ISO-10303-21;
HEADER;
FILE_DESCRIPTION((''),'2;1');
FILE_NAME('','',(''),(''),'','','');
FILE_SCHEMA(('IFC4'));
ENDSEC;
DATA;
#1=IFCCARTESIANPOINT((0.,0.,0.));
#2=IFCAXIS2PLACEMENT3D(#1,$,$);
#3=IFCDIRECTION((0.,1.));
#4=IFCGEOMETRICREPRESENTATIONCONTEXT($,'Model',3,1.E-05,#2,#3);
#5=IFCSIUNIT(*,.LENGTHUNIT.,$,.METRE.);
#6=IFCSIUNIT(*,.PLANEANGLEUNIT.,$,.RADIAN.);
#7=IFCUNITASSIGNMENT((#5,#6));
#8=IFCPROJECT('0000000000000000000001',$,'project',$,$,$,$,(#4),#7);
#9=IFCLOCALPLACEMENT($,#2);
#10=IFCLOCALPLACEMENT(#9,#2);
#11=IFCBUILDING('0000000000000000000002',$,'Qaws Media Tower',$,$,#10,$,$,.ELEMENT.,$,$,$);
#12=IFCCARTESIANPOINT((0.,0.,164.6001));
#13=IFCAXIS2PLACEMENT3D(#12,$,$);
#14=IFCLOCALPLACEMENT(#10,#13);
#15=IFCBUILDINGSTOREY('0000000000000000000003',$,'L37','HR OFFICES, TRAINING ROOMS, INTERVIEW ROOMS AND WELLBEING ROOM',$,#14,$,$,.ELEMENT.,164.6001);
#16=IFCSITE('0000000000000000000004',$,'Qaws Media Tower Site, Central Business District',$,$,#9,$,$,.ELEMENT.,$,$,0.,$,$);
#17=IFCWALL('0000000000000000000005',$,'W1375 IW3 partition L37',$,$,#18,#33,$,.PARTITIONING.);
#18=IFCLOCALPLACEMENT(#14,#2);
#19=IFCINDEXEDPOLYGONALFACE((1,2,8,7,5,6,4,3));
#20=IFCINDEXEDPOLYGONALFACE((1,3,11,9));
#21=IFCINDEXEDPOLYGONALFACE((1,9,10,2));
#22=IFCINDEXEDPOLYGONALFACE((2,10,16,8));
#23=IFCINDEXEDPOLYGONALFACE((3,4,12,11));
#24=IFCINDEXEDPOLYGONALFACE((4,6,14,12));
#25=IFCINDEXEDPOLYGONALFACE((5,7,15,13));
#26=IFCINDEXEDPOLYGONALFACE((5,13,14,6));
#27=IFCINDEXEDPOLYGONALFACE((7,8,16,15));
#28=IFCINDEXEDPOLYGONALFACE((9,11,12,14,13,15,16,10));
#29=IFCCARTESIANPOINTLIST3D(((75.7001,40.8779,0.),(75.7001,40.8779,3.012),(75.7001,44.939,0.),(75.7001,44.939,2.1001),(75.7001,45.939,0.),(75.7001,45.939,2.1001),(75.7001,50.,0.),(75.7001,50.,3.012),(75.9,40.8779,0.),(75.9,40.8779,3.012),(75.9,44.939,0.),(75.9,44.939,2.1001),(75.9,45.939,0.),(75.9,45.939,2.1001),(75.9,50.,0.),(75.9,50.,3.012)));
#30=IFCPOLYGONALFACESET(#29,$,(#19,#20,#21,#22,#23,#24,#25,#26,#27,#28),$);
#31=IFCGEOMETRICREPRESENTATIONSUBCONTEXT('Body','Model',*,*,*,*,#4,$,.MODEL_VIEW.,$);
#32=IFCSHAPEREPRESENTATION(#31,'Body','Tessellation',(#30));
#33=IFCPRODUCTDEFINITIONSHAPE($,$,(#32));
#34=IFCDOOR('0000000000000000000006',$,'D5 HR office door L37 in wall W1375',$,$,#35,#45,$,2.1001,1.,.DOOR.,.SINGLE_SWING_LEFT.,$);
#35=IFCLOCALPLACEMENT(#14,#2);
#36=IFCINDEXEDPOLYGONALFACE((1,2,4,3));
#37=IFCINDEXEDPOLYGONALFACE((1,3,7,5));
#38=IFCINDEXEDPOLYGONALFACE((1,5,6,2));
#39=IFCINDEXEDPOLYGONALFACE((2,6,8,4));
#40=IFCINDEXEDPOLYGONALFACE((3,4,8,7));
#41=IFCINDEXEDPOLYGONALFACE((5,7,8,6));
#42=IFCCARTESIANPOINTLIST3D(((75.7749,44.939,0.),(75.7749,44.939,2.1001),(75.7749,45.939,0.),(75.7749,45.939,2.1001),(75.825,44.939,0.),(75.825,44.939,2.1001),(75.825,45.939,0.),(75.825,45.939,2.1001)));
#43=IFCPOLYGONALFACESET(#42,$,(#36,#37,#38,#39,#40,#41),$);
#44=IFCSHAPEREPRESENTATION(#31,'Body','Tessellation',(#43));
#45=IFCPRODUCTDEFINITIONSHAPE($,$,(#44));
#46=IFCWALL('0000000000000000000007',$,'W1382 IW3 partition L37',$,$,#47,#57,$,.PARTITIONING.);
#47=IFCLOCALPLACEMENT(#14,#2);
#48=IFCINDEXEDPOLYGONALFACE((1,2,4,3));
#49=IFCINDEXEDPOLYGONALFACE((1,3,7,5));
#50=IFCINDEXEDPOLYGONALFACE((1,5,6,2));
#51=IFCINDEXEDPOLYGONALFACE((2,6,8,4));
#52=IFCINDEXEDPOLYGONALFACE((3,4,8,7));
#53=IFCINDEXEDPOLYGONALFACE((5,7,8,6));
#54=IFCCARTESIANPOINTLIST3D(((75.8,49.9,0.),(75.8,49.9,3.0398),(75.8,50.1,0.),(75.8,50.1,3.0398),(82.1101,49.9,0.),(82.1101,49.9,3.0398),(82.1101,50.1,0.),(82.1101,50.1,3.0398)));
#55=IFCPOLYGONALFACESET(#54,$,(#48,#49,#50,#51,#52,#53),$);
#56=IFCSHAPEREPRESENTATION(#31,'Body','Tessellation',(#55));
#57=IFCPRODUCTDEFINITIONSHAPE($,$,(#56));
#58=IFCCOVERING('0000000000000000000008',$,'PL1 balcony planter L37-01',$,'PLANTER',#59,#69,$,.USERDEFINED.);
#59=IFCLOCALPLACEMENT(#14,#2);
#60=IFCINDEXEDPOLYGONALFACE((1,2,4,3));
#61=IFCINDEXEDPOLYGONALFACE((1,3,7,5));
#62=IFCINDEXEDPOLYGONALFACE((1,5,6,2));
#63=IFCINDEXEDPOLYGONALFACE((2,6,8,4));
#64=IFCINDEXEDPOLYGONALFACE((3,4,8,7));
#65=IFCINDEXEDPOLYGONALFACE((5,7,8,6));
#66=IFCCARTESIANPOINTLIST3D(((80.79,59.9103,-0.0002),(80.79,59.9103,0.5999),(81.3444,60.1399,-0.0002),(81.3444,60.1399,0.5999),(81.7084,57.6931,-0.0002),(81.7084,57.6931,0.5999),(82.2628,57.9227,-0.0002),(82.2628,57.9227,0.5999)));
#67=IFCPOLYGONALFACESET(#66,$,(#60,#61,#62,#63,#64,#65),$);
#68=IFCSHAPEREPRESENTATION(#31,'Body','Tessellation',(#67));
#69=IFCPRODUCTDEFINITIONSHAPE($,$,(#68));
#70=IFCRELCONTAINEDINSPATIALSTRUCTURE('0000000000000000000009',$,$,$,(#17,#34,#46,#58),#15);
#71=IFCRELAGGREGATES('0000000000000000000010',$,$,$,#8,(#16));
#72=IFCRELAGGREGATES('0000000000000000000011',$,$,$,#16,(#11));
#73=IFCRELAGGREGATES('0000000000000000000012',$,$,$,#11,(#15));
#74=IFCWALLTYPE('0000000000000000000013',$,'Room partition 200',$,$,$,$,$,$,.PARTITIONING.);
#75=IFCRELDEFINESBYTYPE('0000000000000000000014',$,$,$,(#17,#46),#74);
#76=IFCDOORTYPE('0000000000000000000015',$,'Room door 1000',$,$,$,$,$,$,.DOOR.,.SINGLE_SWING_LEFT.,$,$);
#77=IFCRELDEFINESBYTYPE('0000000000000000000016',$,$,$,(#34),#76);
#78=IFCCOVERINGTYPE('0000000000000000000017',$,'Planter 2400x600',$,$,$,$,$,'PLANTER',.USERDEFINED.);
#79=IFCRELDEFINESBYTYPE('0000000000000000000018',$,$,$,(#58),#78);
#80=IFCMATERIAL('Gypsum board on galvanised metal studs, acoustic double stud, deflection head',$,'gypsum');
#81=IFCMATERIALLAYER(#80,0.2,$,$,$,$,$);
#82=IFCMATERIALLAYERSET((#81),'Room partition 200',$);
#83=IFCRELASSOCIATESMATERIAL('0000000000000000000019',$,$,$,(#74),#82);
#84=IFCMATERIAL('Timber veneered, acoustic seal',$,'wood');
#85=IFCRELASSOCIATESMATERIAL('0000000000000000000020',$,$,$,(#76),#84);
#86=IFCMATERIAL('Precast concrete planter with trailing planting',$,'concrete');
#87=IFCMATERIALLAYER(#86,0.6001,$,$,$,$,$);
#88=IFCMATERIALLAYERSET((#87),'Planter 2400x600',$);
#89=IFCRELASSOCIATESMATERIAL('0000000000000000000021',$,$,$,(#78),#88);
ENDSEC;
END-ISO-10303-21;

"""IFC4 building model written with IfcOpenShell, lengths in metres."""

from ifc_helpers import new_model, si_unit, direction, frame, frame_2d, origin, origin_2d, place, context, subcontext, project, spatial, rectangle, extrude, material, layer, layer_set, type_object, element, fill, save


model = new_model("IFC4")

# Units and contexts
model_context = context("Model", 3, precision=1e-05, world=origin(), true_north=direction((0.0, 1.0)))
body_context = subcontext(model_context, "Body", "Model", "MODEL_VIEW")
ifc_project = project(units=[si_unit("LENGTHUNIT", "METRE"), si_unit("PLANEANGLEUNIT", "RADIAN")], contexts=[model_context])

# Site, building, storey
site_placement = place(None, origin())
site = spatial("IfcSite", under=ifc_project, at=site_placement, Name="Qaws Media Tower Site, Central Business District", CompositionType="ELEMENT", RefElevation=0.0)
building_placement = place(site_placement, origin())
building = spatial("IfcBuilding", under=site, at=building_placement, Name="Qaws Media Tower", CompositionType="ELEMENT")
storey_placement = place(building_placement, frame((0.0, 0.0, 164.6001)))
storey = spatial("IfcBuildingStorey", under=building, at=storey_placement, Name="L37", Description="HR OFFICES, TRAINING ROOMS, INTERVIEW ROOMS AND WELLBEING ROOM", CompositionType="ELEMENT", Elevation=164.6001)

# Shared definitions
ifc_material_1 = material(Name="Gypsum board on galvanised metal studs, acoustic double stud, deflection head", Category="gypsum")
ifc_layer_1 = layer(ifc_material_1, 0.2)
ifc_layer_set_1 = layer_set([ifc_layer_1], Name="Room partition 200")
wall_type_1 = type_object("IfcWallType", Name="Room partition 200", PredefinedType="PARTITIONING", material=ifc_layer_set_1)

# Wall, opening, door
wall_1_placement = place(storey_placement, frame((75.8, 50.0, 0.0), z_axis=(0.0, 0.0, 1.0), x_axis=(0.0, -1.0, 0.0)))
wall_1 = element("IfcWall", 1, at=wall_1_placement, inside=storey, type_object=wall_type_1, Name="W1375 IW3 partition L37", PredefinedType="PARTITIONING", context=body_context, shape_type="SweptSolid", body=[
    extrude(rectangle(XDim=9.1221, YDim=0.2, at=frame_2d((4.561, 0.0))), origin(), (0.0, 0.0, 1.0), 3.012),
])
opening_1_placement = place(wall_1_placement, frame((4.061, 0.0, 0.0)))
opening_1 = element("IfcOpeningElement", 2, at=opening_1_placement, cuts=wall_1, PredefinedType="OPENING", context=body_context, shape_type="SweptSolid", body=[
    extrude(rectangle(XDim=1.0, YDim=2.1001, at=frame_2d((0.5, 1.05))), frame((0.0, 0.1099, 0.0), z_axis=(0.0, -1.0, 0.0), x_axis=(1.0, 0.0, 0.0)), (0.0, 0.0, 1.0), 0.22),
])
ifc_material_2 = material(Name="Timber veneered, acoustic seal", Category="wood")
door_type_1 = type_object("IfcDoorType", Name="Room door 1000", OperationType="SINGLE_SWING_LEFT", PredefinedType="DOOR", material=ifc_material_2)
door_1_placement = place(opening_1_placement, origin())
door_1 = element("IfcDoor", 3, at=door_1_placement, inside=storey, type_object=door_type_1, Name="D5 HR office door L37 in wall W1375", OperationType="SINGLE_SWING_LEFT", OverallHeight=2.1001, OverallWidth=1.0, PredefinedType="DOOR", context=body_context, shape_type="SweptSolid", body=[
    extrude(rectangle(XDim=1.0, YDim=2.1001, at=frame_2d((0.5, 1.05))), frame((0.0, 0.0249, 0.0), z_axis=(0.0, -1.0, 0.0), x_axis=(1.0, 0.0, 0.0)), (0.0, 0.0, 1.0), 0.05),
])
fill(opening_1, door_1)

# Wall
wall_2_placement = place(storey_placement, frame((75.8, 50.0, 0.0), z_axis=(0.0, 0.0, 1.0), x_axis=(1.0, 0.0, 0.0)))
element("IfcWall", 4, at=wall_2_placement, inside=storey, type_object=wall_type_1, Name="W1382 IW3 partition L37", PredefinedType="PARTITIONING", context=body_context, shape_type="SweptSolid", body=[
    extrude(rectangle(XDim=6.3101, YDim=0.2, at=frame_2d((3.155, 0.0))), origin(), (0.0, 0.0, 1.0), 3.0398),
])

# Covering
ifc_material_3 = material(Name="Precast concrete planter with trailing planting", Category="concrete")
ifc_layer_2 = layer(ifc_material_3, 0.6001)
ifc_layer_set_2 = layer_set([ifc_layer_2], Name="Planter 2400x600")
covering_type = type_object("IfcCoveringType", Name="Planter 2400x600", ElementType="PLANTER", PredefinedType="USERDEFINED", material=ifc_layer_set_2)
covering_placement = place(storey_placement, frame((81.5264, 58.9165, -0.0002), z_axis=(0.0, 0.0, 1.0), x_axis=(-0.382683, 0.92388, 0.0)))
element("IfcCovering", 5, at=covering_placement, inside=storey, type_object=covering_type, Name="PL1 balcony planter L37-01", ObjectType="PLANTER", PredefinedType="USERDEFINED", context=body_context, shape_type="SweptSolid", body=[
    extrude(rectangle(XDim=2.3999, YDim=0.6001, at=origin_2d()), origin(), (0.0, 0.0, 1.0), 0.6001),
])

save(model, "model.ifc")
